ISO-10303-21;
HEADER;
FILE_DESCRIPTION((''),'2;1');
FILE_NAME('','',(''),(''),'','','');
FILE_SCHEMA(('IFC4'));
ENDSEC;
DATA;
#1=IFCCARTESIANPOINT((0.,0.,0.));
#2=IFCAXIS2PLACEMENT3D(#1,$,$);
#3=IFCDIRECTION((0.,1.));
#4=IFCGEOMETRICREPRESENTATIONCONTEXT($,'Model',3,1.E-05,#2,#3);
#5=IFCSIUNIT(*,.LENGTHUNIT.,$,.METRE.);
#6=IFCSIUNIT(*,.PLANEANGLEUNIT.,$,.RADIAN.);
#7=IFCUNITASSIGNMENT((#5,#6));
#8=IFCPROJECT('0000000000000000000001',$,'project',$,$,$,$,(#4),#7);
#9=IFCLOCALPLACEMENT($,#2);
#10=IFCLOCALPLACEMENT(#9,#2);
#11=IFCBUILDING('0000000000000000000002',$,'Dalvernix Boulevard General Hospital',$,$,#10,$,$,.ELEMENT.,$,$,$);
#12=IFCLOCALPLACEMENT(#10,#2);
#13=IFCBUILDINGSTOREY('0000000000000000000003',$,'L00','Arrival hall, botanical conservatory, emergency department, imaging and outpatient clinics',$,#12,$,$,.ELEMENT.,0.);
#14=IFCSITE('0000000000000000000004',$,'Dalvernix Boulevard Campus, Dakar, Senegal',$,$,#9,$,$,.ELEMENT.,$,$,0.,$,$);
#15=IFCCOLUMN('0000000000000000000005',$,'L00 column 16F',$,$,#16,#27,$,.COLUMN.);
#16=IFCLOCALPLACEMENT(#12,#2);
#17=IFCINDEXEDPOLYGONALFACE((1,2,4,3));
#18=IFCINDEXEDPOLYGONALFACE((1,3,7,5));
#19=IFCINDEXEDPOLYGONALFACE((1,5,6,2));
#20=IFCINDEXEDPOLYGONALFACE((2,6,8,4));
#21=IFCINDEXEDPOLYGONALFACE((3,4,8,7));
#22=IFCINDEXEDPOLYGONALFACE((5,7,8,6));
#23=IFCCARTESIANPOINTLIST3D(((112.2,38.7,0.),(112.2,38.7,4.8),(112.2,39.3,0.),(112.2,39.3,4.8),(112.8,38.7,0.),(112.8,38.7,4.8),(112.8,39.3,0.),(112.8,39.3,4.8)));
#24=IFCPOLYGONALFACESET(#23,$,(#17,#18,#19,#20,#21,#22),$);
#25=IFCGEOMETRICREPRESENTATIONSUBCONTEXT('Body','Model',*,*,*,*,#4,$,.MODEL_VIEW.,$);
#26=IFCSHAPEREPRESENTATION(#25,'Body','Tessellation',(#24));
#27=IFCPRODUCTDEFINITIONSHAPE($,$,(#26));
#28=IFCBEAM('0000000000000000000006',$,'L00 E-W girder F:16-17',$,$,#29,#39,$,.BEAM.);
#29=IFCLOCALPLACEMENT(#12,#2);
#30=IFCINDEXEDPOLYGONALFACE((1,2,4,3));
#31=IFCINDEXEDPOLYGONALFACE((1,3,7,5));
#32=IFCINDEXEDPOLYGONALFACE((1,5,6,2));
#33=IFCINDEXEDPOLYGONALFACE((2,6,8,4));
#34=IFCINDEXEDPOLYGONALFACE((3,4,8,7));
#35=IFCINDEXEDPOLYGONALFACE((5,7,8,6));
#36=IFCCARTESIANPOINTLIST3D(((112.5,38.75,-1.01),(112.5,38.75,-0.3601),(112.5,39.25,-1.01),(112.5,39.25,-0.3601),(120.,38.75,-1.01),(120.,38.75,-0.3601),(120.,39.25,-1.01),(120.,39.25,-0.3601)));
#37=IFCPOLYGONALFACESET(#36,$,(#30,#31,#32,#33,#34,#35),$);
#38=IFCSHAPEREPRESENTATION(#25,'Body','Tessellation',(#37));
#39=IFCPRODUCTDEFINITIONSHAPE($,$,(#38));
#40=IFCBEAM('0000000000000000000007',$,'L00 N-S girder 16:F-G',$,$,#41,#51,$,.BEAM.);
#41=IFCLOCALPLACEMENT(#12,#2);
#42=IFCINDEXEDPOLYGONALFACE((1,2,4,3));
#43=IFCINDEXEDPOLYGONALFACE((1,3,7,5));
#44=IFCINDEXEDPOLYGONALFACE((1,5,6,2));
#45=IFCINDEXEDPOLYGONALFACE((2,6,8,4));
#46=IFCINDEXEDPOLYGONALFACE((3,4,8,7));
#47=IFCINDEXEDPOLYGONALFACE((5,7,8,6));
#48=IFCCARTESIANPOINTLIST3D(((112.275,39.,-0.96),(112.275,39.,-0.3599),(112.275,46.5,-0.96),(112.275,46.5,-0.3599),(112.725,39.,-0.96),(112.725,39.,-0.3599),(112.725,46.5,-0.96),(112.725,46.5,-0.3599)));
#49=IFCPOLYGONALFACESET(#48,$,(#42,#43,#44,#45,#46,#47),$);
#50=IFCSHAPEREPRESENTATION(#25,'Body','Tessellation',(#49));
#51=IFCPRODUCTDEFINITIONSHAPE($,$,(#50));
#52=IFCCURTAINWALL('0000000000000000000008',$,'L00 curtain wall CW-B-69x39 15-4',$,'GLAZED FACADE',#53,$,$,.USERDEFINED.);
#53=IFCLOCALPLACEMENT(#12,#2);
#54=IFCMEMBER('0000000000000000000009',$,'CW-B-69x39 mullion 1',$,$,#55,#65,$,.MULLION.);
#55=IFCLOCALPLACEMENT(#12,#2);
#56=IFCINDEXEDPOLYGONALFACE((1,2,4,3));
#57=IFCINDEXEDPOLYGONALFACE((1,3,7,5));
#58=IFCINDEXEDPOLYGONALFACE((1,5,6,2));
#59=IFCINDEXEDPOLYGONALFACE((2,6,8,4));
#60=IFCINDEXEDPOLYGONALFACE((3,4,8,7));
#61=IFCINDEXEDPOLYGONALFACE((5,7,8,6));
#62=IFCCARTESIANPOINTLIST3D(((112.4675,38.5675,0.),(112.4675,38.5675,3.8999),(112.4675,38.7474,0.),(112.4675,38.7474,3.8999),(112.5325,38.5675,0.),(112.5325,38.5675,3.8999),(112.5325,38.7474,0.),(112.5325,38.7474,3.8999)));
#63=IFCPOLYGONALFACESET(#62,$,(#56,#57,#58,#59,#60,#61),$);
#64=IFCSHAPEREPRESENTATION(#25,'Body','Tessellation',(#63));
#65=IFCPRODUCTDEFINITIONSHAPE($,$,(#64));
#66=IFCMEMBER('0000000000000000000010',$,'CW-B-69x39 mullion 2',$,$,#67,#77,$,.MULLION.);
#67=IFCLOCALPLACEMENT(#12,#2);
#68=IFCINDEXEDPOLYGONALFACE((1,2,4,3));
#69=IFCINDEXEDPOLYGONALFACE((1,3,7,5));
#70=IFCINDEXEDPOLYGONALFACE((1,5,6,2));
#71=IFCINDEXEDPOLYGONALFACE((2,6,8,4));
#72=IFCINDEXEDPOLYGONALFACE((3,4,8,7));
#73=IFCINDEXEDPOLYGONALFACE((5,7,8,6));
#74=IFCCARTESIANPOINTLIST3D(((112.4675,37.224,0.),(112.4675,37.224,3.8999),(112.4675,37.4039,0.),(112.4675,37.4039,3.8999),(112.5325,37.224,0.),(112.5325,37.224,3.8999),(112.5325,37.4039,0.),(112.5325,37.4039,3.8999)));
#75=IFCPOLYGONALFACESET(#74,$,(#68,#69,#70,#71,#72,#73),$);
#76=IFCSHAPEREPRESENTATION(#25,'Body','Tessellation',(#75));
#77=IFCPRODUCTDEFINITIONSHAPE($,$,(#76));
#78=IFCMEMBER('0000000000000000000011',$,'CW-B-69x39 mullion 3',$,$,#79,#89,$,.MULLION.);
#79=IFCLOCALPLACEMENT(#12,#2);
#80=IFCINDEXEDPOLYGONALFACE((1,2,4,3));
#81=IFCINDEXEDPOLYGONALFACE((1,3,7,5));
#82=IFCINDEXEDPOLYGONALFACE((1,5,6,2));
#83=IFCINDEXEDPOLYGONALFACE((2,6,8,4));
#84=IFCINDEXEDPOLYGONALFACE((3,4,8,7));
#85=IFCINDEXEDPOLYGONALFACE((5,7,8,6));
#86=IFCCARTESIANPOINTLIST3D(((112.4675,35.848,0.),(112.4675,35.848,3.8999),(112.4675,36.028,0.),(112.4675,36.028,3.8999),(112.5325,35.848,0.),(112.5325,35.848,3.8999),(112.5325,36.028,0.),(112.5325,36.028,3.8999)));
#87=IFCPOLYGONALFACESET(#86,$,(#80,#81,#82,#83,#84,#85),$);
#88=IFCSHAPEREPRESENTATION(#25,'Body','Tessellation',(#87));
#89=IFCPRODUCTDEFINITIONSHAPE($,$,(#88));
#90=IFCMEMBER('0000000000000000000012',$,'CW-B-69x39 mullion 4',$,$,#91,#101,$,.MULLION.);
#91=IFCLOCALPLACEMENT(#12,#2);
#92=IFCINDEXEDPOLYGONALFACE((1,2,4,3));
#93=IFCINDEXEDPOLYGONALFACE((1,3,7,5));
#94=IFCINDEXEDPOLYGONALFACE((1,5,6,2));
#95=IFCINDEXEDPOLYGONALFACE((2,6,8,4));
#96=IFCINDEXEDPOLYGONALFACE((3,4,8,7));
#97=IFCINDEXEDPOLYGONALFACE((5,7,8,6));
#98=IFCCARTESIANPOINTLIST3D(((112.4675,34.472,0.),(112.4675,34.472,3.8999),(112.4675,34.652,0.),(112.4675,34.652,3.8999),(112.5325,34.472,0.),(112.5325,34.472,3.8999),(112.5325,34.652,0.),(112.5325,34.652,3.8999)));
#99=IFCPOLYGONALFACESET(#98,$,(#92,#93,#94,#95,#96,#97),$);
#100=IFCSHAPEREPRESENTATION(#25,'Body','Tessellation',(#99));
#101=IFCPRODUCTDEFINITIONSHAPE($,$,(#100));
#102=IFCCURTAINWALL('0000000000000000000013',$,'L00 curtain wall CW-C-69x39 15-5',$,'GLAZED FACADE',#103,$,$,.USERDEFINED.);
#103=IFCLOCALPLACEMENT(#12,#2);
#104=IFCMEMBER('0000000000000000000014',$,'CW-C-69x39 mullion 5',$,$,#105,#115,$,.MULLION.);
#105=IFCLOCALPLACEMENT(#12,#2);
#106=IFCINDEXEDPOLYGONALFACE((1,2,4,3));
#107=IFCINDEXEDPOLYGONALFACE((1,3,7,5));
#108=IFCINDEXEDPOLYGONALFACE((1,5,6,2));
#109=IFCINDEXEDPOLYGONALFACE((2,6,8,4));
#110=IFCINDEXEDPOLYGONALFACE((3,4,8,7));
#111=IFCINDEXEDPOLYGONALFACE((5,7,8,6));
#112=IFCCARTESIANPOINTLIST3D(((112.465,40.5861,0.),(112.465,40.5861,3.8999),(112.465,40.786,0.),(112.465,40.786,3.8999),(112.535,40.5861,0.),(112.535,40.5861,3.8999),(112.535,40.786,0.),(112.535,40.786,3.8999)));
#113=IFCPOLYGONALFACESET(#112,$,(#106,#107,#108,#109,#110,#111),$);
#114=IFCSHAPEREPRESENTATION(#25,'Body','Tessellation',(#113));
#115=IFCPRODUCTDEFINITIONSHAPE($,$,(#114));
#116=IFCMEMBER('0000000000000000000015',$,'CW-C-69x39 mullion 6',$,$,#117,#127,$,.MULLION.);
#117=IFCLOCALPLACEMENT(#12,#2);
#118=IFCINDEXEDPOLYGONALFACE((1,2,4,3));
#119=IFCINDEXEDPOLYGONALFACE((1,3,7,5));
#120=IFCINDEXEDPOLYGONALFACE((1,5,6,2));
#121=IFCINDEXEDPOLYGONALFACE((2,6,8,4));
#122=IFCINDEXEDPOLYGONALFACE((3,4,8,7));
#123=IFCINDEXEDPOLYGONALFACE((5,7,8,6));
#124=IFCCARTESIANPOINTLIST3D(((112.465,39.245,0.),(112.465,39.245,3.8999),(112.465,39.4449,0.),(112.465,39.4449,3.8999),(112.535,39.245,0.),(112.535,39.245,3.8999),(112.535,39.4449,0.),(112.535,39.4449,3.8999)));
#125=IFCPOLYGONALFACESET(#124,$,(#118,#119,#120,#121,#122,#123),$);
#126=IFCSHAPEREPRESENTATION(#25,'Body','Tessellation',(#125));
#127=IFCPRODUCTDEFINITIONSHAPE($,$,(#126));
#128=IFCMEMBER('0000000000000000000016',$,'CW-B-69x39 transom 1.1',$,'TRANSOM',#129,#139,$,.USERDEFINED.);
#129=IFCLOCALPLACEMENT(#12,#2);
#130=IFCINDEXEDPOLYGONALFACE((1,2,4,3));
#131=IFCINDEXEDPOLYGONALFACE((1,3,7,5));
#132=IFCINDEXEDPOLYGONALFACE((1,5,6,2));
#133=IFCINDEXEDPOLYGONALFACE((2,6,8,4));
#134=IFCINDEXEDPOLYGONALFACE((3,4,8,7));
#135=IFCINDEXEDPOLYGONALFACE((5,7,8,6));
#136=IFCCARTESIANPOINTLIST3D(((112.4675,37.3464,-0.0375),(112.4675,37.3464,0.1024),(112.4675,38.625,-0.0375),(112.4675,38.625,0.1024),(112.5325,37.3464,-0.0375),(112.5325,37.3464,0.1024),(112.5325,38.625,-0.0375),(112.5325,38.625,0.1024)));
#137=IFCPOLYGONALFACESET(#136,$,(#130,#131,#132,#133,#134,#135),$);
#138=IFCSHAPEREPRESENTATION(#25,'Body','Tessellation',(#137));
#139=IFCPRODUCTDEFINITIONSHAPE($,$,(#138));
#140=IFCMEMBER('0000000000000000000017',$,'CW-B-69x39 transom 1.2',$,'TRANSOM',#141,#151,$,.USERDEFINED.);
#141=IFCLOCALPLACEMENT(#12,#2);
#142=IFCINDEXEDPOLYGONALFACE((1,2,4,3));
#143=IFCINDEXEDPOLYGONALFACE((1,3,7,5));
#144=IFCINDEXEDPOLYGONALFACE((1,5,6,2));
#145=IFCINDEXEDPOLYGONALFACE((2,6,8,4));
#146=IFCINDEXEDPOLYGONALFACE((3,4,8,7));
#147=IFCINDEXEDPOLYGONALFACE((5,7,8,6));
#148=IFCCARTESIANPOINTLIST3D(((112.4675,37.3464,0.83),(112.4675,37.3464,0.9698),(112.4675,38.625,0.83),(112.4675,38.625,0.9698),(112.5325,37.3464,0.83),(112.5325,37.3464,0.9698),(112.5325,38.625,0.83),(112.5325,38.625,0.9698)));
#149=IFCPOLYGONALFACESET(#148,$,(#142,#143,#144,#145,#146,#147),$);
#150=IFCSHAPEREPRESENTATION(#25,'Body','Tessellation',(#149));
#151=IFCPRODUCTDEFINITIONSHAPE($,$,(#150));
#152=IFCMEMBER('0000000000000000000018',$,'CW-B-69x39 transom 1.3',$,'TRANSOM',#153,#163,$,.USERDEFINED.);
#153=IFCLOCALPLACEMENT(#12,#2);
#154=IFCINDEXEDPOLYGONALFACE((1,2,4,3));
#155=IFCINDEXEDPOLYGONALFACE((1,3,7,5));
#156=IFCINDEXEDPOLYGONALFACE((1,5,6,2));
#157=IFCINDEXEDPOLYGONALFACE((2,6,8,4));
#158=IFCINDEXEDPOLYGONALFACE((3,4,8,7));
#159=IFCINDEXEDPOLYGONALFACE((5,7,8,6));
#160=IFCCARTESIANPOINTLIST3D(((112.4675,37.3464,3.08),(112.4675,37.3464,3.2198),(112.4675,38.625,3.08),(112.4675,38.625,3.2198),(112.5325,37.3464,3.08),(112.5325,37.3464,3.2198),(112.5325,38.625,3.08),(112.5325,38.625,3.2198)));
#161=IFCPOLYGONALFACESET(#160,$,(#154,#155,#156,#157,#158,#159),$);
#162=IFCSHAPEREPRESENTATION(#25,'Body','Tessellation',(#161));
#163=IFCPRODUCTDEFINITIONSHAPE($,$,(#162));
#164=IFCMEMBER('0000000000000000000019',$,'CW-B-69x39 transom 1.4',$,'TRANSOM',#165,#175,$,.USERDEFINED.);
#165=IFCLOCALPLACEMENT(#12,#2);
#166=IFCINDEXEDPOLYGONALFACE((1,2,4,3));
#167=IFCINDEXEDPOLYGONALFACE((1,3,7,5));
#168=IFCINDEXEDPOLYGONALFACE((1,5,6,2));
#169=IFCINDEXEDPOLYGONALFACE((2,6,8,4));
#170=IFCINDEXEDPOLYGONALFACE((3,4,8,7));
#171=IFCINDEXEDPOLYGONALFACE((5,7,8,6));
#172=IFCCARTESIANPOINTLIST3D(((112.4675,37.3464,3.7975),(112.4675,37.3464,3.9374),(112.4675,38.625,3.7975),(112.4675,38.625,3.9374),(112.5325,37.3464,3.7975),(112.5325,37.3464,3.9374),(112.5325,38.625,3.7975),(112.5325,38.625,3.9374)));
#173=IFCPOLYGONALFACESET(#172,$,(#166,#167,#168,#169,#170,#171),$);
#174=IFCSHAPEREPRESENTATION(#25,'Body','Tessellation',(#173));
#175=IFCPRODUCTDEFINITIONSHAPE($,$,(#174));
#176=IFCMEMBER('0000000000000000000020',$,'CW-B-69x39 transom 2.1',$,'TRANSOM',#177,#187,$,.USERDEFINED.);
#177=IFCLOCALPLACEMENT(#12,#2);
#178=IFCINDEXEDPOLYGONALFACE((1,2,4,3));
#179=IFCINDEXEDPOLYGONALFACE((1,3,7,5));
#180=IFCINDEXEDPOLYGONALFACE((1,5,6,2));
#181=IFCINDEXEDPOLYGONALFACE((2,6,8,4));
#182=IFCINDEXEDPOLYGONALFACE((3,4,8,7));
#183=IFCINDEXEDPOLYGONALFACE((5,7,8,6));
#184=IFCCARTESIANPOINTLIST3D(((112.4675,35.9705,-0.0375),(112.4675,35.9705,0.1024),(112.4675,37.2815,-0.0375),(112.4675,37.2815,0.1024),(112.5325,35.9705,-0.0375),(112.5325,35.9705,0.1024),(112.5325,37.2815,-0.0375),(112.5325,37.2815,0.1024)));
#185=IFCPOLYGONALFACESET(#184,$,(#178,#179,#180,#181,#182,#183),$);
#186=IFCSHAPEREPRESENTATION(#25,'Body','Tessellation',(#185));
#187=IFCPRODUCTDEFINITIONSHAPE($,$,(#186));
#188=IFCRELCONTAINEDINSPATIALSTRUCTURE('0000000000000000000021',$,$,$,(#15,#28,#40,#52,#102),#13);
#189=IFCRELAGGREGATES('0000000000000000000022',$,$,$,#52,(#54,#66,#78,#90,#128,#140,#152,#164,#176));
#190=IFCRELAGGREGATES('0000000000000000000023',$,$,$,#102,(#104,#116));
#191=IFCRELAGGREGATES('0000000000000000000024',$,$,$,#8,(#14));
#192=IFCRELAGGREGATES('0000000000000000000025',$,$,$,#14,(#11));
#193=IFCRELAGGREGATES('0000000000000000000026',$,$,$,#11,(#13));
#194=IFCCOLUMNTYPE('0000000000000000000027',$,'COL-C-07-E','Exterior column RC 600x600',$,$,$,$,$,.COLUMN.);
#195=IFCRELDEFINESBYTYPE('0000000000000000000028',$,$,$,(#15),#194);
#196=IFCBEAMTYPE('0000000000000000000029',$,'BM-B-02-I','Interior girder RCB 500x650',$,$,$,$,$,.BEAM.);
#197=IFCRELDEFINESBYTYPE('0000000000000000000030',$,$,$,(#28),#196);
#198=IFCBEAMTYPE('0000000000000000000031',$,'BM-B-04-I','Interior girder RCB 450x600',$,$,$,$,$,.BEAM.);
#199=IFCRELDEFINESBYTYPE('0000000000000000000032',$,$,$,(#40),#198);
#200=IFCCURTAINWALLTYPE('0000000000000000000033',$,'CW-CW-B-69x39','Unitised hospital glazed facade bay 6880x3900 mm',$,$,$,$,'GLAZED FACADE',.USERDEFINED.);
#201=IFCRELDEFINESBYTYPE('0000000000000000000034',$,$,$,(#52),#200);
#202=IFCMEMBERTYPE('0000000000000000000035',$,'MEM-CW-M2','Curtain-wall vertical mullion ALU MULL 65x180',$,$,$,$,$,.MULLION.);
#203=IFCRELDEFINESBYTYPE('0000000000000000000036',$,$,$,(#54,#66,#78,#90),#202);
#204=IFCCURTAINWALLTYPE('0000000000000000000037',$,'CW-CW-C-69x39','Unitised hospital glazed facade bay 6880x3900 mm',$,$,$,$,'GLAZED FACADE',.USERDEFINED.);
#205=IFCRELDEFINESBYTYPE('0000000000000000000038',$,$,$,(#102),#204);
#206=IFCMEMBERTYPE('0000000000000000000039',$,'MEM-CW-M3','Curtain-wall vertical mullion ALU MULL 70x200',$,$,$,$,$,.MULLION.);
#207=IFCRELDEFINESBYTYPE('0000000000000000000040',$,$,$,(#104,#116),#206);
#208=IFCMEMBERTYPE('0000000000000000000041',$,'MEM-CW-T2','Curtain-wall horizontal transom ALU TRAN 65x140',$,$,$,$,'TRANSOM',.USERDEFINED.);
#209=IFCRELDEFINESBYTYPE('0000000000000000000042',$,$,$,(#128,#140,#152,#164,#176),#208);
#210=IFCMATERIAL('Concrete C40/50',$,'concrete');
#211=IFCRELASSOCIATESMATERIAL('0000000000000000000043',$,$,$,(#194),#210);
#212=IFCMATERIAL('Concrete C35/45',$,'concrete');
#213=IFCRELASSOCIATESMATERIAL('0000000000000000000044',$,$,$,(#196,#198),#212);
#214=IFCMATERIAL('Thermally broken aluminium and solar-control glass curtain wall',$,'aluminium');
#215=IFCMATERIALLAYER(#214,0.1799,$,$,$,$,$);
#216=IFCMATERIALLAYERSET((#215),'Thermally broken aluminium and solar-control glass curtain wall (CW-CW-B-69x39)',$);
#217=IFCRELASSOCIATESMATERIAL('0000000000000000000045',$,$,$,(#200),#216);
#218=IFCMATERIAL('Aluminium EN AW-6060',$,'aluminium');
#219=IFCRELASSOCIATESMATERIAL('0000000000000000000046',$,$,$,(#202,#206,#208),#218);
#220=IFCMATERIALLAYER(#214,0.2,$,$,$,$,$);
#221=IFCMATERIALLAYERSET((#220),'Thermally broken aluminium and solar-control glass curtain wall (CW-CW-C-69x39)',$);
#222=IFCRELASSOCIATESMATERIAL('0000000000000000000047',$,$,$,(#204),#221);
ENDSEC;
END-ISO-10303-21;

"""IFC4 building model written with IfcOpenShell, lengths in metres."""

from ifc_helpers import new_model, si_unit, direction, frame, origin, origin_2d, place, context, subcontext, project, spatial, rectangle, extrude, material, layer, layer_set, material_profile, profile_set, type_object, element, aggregate, save


model = new_model("IFC4")

# Units and contexts
model_context = context("Model", 3, precision=1e-05, world=origin(), true_north=direction((0.0, 1.0)))
body_context = subcontext(model_context, "Body", "Model", "MODEL_VIEW")
ifc_project = project(units=[si_unit("LENGTHUNIT", "METRE"), si_unit("PLANEANGLEUNIT", "RADIAN")], contexts=[model_context])

# Site, building, storey
site_placement = place(None, origin())
site = spatial("IfcSite", under=ifc_project, at=site_placement, Name="Dalvernix Boulevard Campus, Dakar, Senegal", CompositionType="ELEMENT", RefElevation=0.0)
building_placement = place(site_placement, origin())
building = spatial("IfcBuilding", under=site, at=building_placement, Name="Dalvernix Boulevard General Hospital", CompositionType="ELEMENT")
storey_placement = place(building_placement, origin())
storey = spatial("IfcBuildingStorey", under=building, at=storey_placement, Name="L00", Description="Arrival hall, botanical conservatory, emergency department, imaging and outpatient clinics", CompositionType="ELEMENT", Elevation=0.0)

# Column
ifc_material_1 = material(Name="Concrete C40/50", Category="concrete")
ifc_material_profile_1 = material_profile(ifc_material_1, rectangle(XDim=0.6001, YDim=0.6001, at=origin_2d()), Name="RC 600x600")
ifc_profile_set_1 = profile_set([ifc_material_profile_1], Name="Concrete C40/50")
column_type = type_object("IfcColumnType", Name="COL-C-07-E", Description="Exterior column RC 600x600", PredefinedType="COLUMN", material=ifc_profile_set_1)
column_placement = place(storey_placement, frame((112.5, 39.0, 0.0), z_axis=(0.0, 0.0, 1.0), x_axis=(1.0, 0.0, 0.0)))
element("IfcColumn", 1, at=column_placement, inside=storey, type_object=column_type, Name="L00 column 16F", PredefinedType="COLUMN", context=body_context, shape_type="SweptSolid", body=[
    extrude(rectangle(XDim=0.6001, YDim=0.6001, at=origin_2d()), origin(), (0.0, 0.0, 1.0), 4.8),
])

# Beams
ifc_material_2 = material(Name="Concrete C35/45", Category="concrete")
ifc_material_profile_2 = material_profile(ifc_material_2, rectangle(XDim=0.5, YDim=0.6499, at=origin_2d()), Name="RCB 500x650")
ifc_profile_set_2 = profile_set([ifc_material_profile_2], Name="Concrete C35/45")
beam_type_1 = type_object("IfcBeamType", Name="BM-B-02-I", Description="Interior girder RCB 500x650", PredefinedType="BEAM", material=ifc_profile_set_2)
beam_1_placement = place(storey_placement, frame((112.5, 39.0, -0.6851), z_axis=(1.0, 0.0, 0.0), x_axis=(0.0, 1.0, 0.0)))
element("IfcBeam", 2, at=beam_1_placement, inside=storey, type_object=beam_type_1, Name="L00 E-W girder F:16-17", PredefinedType="BEAM", context=body_context, shape_type="SweptSolid", body=[
    extrude(rectangle(XDim=0.5, YDim=0.6499, at=origin_2d()), origin(), (0.0, 0.0, 1.0), 7.5),
])
ifc_material_profile_3 = material_profile(ifc_material_2, rectangle(XDim=0.45, YDim=0.6001, at=origin_2d()), Name="RCB 450x600")
ifc_profile_set_3 = profile_set([ifc_material_profile_3], Name="Concrete C35/45")
beam_type_2 = type_object("IfcBeamType", Name="BM-B-04-I", Description="Interior girder RCB 450x600", PredefinedType="BEAM", material=ifc_profile_set_3)
beam_2_placement = place(storey_placement, frame((112.5, 39.0, -0.6599), z_axis=(0.0, 1.0, 0.0), x_axis=(-1.0, 0.0, 0.0)))
element("IfcBeam", 3, at=beam_2_placement, inside=storey, type_object=beam_type_2, Name="L00 N-S girder 16:F-G", PredefinedType="BEAM", context=body_context, shape_type="SweptSolid", body=[
    extrude(rectangle(XDim=0.45, YDim=0.6001, at=origin_2d()), origin(), (0.0, 0.0, 1.0), 7.5),
])

# Curtain walls, members
ifc_material_3 = material(Name="Thermally broken aluminium and solar-control glass curtain wall", Category="aluminium")
ifc_layer_1 = layer(ifc_material_3, 0.1799)
ifc_layer_set_1 = layer_set([ifc_layer_1], Name="Thermally broken aluminium and solar-control glass curtain wall (CW-CW-B-69x39)")
curtain_wall_type_1 = type_object("IfcCurtainWallType", Name="CW-CW-B-69x39", Description="Unitised hospital glazed facade bay 6880x3900 mm", ElementType="GLAZED FACADE", PredefinedType="USERDEFINED", material=ifc_layer_set_1)
curtain_wall_1_placement = place(storey_placement, origin())
curtain_wall_1 = element("IfcCurtainWall", 4, at=curtain_wall_1_placement, inside=storey, type_object=curtain_wall_type_1, Name="L00 curtain wall CW-B-69x39 15-4", ObjectType="GLAZED FACADE", PredefinedType="USERDEFINED")
ifc_material_4 = material(Name="Aluminium EN AW-6060", Category="aluminium")
ifc_material_profile_4 = material_profile(ifc_material_4, rectangle(XDim=0.0649, YDim=0.1799, at=origin_2d()), Name="ALU MULL 65x180")
ifc_profile_set_4 = profile_set([ifc_material_profile_4], Name="Aluminium EN AW-6060")
member_type_1 = type_object("IfcMemberType", Name="MEM-CW-M2", Description="Curtain-wall vertical mullion ALU MULL 65x180", PredefinedType="MULLION", material=ifc_profile_set_4)
member_1_placement = place(storey_placement, frame((112.5, 38.6575, 0.0), z_axis=(0.0, 0.0, 1.0), x_axis=(1.0, 0.0, 0.0)))
member_1 = element("IfcMember", 5, at=member_1_placement, type_object=member_type_1, Name="CW-B-69x39 mullion 1", PredefinedType="MULLION", context=body_context, shape_type="SweptSolid", body=[
    extrude(rectangle(XDim=0.0649, YDim=0.1799, at=origin_2d()), origin(), (0.0, 0.0, 1.0), 3.8999),
])
member_2_placement = place(storey_placement, frame((112.5, 37.314, 0.0), z_axis=(0.0, 0.0, 1.0), x_axis=(1.0, 0.0, 0.0)))
member_2 = element("IfcMember", 6, at=member_2_placement, type_object=member_type_1, Name="CW-B-69x39 mullion 2", PredefinedType="MULLION", context=body_context, shape_type="SweptSolid", body=[
    extrude(rectangle(XDim=0.0649, YDim=0.1799, at=origin_2d()), origin(), (0.0, 0.0, 1.0), 3.8999),
])
member_3_placement = place(storey_placement, frame((112.5, 35.938, 0.0), z_axis=(0.0, 0.0, 1.0), x_axis=(1.0, 0.0, 0.0)))
member_3 = element("IfcMember", 7, at=member_3_placement, type_object=member_type_1, Name="CW-B-69x39 mullion 3", PredefinedType="MULLION", context=body_context, shape_type="SweptSolid", body=[
    extrude(rectangle(XDim=0.0649, YDim=0.1799, at=origin_2d()), origin(), (0.0, 0.0, 1.0), 3.8999),
])
member_4_placement = place(storey_placement, frame((112.5, 34.562, 0.0), z_axis=(0.0, 0.0, 1.0), x_axis=(1.0, 0.0, 0.0)))
member_4 = element("IfcMember", 8, at=member_4_placement, type_object=member_type_1, Name="CW-B-69x39 mullion 4", PredefinedType="MULLION", context=body_context, shape_type="SweptSolid", body=[
    extrude(rectangle(XDim=0.0649, YDim=0.1799, at=origin_2d()), origin(), (0.0, 0.0, 1.0), 3.8999),
])
ifc_layer_2 = layer(ifc_material_3, 0.2)
ifc_layer_set_2 = layer_set([ifc_layer_2], Name="Thermally broken aluminium and solar-control glass curtain wall (CW-CW-C-69x39)")
curtain_wall_type_2 = type_object("IfcCurtainWallType", Name="CW-CW-C-69x39", Description="Unitised hospital glazed facade bay 6880x3900 mm", ElementType="GLAZED FACADE", PredefinedType="USERDEFINED", material=ifc_layer_set_2)
curtain_wall_2_placement = place(storey_placement, origin())
curtain_wall_2 = element("IfcCurtainWall", 9, at=curtain_wall_2_placement, inside=storey, type_object=curtain_wall_type_2, Name="L00 curtain wall CW-C-69x39 15-5", ObjectType="GLAZED FACADE", PredefinedType="USERDEFINED")
ifc_material_profile_5 = material_profile(ifc_material_4, rectangle(XDim=0.0701, YDim=0.2, at=origin_2d()), Name="ALU MULL 70x200")
ifc_profile_set_5 = profile_set([ifc_material_profile_5], Name="Aluminium EN AW-6060")
member_type_2 = type_object("IfcMemberType", Name="MEM-CW-M3", Description="Curtain-wall vertical mullion ALU MULL 70x200", PredefinedType="MULLION", material=ifc_profile_set_5)
member_5_placement = place(storey_placement, frame((112.5, 40.686, 0.0), z_axis=(0.0, 0.0, 1.0), x_axis=(1.0, 0.0, 0.0)))
member_5 = element("IfcMember", 10, at=member_5_placement, type_object=member_type_2, Name="CW-C-69x39 mullion 5", PredefinedType="MULLION", context=body_context, shape_type="SweptSolid", body=[
    extrude(rectangle(XDim=0.0701, YDim=0.2, at=origin_2d()), origin(), (0.0, 0.0, 1.0), 3.8999),
])
member_6_placement = place(storey_placement, frame((112.5, 39.345, 0.0), z_axis=(0.0, 0.0, 1.0), x_axis=(1.0, 0.0, 0.0)))
member_6 = element("IfcMember", 11, at=member_6_placement, type_object=member_type_2, Name="CW-C-69x39 mullion 6", PredefinedType="MULLION", context=body_context, shape_type="SweptSolid", body=[
    extrude(rectangle(XDim=0.0701, YDim=0.2, at=origin_2d()), origin(), (0.0, 0.0, 1.0), 3.8999),
])

# Members
ifc_material_profile_6 = material_profile(ifc_material_4, rectangle(XDim=0.0649, YDim=0.1399, at=origin_2d()), Name="ALU TRAN 65x140")
ifc_profile_set_6 = profile_set([ifc_material_profile_6], Name="Aluminium EN AW-6060")
member_type_3 = type_object("IfcMemberType", Name="MEM-CW-T2", Description="Curtain-wall horizontal transom ALU TRAN 65x140", ElementType="TRANSOM", PredefinedType="USERDEFINED", material=ifc_profile_set_6)
member_7_placement = place(storey_placement, frame((112.5, 38.625, 0.0325), z_axis=(0.0, -1.0, 0.0), x_axis=(1.0, 0.0, 0.0)))
member_7 = element("IfcMember", 12, at=member_7_placement, type_object=member_type_3, Name="CW-B-69x39 transom 1.1", ObjectType="TRANSOM", PredefinedType="USERDEFINED", context=body_context, shape_type="SweptSolid", body=[
    extrude(rectangle(XDim=0.0649, YDim=0.1399, at=origin_2d()), origin(), (0.0, 0.0, 1.0), 1.2786),
])
member_8_placement = place(storey_placement, frame((112.5, 38.625, 0.8999), z_axis=(0.0, -1.0, 0.0), x_axis=(1.0, 0.0, 0.0)))
member_8 = element("IfcMember", 13, at=member_8_placement, type_object=member_type_3, Name="CW-B-69x39 transom 1.2", ObjectType="TRANSOM", PredefinedType="USERDEFINED", context=body_context, shape_type="SweptSolid", body=[
    extrude(rectangle(XDim=0.0649, YDim=0.1399, at=origin_2d()), origin(), (0.0, 0.0, 1.0), 1.2786),
])
member_9_placement = place(storey_placement, frame((112.5, 38.625, 3.1499), z_axis=(0.0, -1.0, 0.0), x_axis=(1.0, 0.0, 0.0)))
member_9 = element("IfcMember", 14, at=member_9_placement, type_object=member_type_3, Name="CW-B-69x39 transom 1.3", ObjectType="TRANSOM", PredefinedType="USERDEFINED", context=body_context, shape_type="SweptSolid", body=[
    extrude(rectangle(XDim=0.0649, YDim=0.1399, at=origin_2d()), origin(), (0.0, 0.0, 1.0), 1.2786),
])
member_10_placement = place(storey_placement, frame((112.5, 38.625, 3.8674), z_axis=(0.0, -1.0, 0.0), x_axis=(1.0, 0.0, 0.0)))
member_10 = element("IfcMember", 15, at=member_10_placement, type_object=member_type_3, Name="CW-B-69x39 transom 1.4", ObjectType="TRANSOM", PredefinedType="USERDEFINED", context=body_context, shape_type="SweptSolid", body=[
    extrude(rectangle(XDim=0.0649, YDim=0.1399, at=origin_2d()), origin(), (0.0, 0.0, 1.0), 1.2786),
])
member_11_placement = place(storey_placement, frame((112.5, 37.2815, 0.0325), z_axis=(0.0, -1.0, 0.0), x_axis=(1.0, 0.0, 0.0)))
member_11 = element("IfcMember", 16, at=member_11_placement, type_object=member_type_3, Name="CW-B-69x39 transom 2.1", ObjectType="TRANSOM", PredefinedType="USERDEFINED", context=body_context, shape_type="SweptSolid", body=[
    extrude(rectangle(XDim=0.0649, YDim=0.1399, at=origin_2d()), origin(), (0.0, 0.0, 1.0), 1.311),
])

aggregate(curtain_wall_1, [member_1, member_2, member_3, member_4, member_7, member_8, member_9, member_10, member_11])
aggregate(curtain_wall_2, [member_5, member_6])

save(model, "model.ifc")
